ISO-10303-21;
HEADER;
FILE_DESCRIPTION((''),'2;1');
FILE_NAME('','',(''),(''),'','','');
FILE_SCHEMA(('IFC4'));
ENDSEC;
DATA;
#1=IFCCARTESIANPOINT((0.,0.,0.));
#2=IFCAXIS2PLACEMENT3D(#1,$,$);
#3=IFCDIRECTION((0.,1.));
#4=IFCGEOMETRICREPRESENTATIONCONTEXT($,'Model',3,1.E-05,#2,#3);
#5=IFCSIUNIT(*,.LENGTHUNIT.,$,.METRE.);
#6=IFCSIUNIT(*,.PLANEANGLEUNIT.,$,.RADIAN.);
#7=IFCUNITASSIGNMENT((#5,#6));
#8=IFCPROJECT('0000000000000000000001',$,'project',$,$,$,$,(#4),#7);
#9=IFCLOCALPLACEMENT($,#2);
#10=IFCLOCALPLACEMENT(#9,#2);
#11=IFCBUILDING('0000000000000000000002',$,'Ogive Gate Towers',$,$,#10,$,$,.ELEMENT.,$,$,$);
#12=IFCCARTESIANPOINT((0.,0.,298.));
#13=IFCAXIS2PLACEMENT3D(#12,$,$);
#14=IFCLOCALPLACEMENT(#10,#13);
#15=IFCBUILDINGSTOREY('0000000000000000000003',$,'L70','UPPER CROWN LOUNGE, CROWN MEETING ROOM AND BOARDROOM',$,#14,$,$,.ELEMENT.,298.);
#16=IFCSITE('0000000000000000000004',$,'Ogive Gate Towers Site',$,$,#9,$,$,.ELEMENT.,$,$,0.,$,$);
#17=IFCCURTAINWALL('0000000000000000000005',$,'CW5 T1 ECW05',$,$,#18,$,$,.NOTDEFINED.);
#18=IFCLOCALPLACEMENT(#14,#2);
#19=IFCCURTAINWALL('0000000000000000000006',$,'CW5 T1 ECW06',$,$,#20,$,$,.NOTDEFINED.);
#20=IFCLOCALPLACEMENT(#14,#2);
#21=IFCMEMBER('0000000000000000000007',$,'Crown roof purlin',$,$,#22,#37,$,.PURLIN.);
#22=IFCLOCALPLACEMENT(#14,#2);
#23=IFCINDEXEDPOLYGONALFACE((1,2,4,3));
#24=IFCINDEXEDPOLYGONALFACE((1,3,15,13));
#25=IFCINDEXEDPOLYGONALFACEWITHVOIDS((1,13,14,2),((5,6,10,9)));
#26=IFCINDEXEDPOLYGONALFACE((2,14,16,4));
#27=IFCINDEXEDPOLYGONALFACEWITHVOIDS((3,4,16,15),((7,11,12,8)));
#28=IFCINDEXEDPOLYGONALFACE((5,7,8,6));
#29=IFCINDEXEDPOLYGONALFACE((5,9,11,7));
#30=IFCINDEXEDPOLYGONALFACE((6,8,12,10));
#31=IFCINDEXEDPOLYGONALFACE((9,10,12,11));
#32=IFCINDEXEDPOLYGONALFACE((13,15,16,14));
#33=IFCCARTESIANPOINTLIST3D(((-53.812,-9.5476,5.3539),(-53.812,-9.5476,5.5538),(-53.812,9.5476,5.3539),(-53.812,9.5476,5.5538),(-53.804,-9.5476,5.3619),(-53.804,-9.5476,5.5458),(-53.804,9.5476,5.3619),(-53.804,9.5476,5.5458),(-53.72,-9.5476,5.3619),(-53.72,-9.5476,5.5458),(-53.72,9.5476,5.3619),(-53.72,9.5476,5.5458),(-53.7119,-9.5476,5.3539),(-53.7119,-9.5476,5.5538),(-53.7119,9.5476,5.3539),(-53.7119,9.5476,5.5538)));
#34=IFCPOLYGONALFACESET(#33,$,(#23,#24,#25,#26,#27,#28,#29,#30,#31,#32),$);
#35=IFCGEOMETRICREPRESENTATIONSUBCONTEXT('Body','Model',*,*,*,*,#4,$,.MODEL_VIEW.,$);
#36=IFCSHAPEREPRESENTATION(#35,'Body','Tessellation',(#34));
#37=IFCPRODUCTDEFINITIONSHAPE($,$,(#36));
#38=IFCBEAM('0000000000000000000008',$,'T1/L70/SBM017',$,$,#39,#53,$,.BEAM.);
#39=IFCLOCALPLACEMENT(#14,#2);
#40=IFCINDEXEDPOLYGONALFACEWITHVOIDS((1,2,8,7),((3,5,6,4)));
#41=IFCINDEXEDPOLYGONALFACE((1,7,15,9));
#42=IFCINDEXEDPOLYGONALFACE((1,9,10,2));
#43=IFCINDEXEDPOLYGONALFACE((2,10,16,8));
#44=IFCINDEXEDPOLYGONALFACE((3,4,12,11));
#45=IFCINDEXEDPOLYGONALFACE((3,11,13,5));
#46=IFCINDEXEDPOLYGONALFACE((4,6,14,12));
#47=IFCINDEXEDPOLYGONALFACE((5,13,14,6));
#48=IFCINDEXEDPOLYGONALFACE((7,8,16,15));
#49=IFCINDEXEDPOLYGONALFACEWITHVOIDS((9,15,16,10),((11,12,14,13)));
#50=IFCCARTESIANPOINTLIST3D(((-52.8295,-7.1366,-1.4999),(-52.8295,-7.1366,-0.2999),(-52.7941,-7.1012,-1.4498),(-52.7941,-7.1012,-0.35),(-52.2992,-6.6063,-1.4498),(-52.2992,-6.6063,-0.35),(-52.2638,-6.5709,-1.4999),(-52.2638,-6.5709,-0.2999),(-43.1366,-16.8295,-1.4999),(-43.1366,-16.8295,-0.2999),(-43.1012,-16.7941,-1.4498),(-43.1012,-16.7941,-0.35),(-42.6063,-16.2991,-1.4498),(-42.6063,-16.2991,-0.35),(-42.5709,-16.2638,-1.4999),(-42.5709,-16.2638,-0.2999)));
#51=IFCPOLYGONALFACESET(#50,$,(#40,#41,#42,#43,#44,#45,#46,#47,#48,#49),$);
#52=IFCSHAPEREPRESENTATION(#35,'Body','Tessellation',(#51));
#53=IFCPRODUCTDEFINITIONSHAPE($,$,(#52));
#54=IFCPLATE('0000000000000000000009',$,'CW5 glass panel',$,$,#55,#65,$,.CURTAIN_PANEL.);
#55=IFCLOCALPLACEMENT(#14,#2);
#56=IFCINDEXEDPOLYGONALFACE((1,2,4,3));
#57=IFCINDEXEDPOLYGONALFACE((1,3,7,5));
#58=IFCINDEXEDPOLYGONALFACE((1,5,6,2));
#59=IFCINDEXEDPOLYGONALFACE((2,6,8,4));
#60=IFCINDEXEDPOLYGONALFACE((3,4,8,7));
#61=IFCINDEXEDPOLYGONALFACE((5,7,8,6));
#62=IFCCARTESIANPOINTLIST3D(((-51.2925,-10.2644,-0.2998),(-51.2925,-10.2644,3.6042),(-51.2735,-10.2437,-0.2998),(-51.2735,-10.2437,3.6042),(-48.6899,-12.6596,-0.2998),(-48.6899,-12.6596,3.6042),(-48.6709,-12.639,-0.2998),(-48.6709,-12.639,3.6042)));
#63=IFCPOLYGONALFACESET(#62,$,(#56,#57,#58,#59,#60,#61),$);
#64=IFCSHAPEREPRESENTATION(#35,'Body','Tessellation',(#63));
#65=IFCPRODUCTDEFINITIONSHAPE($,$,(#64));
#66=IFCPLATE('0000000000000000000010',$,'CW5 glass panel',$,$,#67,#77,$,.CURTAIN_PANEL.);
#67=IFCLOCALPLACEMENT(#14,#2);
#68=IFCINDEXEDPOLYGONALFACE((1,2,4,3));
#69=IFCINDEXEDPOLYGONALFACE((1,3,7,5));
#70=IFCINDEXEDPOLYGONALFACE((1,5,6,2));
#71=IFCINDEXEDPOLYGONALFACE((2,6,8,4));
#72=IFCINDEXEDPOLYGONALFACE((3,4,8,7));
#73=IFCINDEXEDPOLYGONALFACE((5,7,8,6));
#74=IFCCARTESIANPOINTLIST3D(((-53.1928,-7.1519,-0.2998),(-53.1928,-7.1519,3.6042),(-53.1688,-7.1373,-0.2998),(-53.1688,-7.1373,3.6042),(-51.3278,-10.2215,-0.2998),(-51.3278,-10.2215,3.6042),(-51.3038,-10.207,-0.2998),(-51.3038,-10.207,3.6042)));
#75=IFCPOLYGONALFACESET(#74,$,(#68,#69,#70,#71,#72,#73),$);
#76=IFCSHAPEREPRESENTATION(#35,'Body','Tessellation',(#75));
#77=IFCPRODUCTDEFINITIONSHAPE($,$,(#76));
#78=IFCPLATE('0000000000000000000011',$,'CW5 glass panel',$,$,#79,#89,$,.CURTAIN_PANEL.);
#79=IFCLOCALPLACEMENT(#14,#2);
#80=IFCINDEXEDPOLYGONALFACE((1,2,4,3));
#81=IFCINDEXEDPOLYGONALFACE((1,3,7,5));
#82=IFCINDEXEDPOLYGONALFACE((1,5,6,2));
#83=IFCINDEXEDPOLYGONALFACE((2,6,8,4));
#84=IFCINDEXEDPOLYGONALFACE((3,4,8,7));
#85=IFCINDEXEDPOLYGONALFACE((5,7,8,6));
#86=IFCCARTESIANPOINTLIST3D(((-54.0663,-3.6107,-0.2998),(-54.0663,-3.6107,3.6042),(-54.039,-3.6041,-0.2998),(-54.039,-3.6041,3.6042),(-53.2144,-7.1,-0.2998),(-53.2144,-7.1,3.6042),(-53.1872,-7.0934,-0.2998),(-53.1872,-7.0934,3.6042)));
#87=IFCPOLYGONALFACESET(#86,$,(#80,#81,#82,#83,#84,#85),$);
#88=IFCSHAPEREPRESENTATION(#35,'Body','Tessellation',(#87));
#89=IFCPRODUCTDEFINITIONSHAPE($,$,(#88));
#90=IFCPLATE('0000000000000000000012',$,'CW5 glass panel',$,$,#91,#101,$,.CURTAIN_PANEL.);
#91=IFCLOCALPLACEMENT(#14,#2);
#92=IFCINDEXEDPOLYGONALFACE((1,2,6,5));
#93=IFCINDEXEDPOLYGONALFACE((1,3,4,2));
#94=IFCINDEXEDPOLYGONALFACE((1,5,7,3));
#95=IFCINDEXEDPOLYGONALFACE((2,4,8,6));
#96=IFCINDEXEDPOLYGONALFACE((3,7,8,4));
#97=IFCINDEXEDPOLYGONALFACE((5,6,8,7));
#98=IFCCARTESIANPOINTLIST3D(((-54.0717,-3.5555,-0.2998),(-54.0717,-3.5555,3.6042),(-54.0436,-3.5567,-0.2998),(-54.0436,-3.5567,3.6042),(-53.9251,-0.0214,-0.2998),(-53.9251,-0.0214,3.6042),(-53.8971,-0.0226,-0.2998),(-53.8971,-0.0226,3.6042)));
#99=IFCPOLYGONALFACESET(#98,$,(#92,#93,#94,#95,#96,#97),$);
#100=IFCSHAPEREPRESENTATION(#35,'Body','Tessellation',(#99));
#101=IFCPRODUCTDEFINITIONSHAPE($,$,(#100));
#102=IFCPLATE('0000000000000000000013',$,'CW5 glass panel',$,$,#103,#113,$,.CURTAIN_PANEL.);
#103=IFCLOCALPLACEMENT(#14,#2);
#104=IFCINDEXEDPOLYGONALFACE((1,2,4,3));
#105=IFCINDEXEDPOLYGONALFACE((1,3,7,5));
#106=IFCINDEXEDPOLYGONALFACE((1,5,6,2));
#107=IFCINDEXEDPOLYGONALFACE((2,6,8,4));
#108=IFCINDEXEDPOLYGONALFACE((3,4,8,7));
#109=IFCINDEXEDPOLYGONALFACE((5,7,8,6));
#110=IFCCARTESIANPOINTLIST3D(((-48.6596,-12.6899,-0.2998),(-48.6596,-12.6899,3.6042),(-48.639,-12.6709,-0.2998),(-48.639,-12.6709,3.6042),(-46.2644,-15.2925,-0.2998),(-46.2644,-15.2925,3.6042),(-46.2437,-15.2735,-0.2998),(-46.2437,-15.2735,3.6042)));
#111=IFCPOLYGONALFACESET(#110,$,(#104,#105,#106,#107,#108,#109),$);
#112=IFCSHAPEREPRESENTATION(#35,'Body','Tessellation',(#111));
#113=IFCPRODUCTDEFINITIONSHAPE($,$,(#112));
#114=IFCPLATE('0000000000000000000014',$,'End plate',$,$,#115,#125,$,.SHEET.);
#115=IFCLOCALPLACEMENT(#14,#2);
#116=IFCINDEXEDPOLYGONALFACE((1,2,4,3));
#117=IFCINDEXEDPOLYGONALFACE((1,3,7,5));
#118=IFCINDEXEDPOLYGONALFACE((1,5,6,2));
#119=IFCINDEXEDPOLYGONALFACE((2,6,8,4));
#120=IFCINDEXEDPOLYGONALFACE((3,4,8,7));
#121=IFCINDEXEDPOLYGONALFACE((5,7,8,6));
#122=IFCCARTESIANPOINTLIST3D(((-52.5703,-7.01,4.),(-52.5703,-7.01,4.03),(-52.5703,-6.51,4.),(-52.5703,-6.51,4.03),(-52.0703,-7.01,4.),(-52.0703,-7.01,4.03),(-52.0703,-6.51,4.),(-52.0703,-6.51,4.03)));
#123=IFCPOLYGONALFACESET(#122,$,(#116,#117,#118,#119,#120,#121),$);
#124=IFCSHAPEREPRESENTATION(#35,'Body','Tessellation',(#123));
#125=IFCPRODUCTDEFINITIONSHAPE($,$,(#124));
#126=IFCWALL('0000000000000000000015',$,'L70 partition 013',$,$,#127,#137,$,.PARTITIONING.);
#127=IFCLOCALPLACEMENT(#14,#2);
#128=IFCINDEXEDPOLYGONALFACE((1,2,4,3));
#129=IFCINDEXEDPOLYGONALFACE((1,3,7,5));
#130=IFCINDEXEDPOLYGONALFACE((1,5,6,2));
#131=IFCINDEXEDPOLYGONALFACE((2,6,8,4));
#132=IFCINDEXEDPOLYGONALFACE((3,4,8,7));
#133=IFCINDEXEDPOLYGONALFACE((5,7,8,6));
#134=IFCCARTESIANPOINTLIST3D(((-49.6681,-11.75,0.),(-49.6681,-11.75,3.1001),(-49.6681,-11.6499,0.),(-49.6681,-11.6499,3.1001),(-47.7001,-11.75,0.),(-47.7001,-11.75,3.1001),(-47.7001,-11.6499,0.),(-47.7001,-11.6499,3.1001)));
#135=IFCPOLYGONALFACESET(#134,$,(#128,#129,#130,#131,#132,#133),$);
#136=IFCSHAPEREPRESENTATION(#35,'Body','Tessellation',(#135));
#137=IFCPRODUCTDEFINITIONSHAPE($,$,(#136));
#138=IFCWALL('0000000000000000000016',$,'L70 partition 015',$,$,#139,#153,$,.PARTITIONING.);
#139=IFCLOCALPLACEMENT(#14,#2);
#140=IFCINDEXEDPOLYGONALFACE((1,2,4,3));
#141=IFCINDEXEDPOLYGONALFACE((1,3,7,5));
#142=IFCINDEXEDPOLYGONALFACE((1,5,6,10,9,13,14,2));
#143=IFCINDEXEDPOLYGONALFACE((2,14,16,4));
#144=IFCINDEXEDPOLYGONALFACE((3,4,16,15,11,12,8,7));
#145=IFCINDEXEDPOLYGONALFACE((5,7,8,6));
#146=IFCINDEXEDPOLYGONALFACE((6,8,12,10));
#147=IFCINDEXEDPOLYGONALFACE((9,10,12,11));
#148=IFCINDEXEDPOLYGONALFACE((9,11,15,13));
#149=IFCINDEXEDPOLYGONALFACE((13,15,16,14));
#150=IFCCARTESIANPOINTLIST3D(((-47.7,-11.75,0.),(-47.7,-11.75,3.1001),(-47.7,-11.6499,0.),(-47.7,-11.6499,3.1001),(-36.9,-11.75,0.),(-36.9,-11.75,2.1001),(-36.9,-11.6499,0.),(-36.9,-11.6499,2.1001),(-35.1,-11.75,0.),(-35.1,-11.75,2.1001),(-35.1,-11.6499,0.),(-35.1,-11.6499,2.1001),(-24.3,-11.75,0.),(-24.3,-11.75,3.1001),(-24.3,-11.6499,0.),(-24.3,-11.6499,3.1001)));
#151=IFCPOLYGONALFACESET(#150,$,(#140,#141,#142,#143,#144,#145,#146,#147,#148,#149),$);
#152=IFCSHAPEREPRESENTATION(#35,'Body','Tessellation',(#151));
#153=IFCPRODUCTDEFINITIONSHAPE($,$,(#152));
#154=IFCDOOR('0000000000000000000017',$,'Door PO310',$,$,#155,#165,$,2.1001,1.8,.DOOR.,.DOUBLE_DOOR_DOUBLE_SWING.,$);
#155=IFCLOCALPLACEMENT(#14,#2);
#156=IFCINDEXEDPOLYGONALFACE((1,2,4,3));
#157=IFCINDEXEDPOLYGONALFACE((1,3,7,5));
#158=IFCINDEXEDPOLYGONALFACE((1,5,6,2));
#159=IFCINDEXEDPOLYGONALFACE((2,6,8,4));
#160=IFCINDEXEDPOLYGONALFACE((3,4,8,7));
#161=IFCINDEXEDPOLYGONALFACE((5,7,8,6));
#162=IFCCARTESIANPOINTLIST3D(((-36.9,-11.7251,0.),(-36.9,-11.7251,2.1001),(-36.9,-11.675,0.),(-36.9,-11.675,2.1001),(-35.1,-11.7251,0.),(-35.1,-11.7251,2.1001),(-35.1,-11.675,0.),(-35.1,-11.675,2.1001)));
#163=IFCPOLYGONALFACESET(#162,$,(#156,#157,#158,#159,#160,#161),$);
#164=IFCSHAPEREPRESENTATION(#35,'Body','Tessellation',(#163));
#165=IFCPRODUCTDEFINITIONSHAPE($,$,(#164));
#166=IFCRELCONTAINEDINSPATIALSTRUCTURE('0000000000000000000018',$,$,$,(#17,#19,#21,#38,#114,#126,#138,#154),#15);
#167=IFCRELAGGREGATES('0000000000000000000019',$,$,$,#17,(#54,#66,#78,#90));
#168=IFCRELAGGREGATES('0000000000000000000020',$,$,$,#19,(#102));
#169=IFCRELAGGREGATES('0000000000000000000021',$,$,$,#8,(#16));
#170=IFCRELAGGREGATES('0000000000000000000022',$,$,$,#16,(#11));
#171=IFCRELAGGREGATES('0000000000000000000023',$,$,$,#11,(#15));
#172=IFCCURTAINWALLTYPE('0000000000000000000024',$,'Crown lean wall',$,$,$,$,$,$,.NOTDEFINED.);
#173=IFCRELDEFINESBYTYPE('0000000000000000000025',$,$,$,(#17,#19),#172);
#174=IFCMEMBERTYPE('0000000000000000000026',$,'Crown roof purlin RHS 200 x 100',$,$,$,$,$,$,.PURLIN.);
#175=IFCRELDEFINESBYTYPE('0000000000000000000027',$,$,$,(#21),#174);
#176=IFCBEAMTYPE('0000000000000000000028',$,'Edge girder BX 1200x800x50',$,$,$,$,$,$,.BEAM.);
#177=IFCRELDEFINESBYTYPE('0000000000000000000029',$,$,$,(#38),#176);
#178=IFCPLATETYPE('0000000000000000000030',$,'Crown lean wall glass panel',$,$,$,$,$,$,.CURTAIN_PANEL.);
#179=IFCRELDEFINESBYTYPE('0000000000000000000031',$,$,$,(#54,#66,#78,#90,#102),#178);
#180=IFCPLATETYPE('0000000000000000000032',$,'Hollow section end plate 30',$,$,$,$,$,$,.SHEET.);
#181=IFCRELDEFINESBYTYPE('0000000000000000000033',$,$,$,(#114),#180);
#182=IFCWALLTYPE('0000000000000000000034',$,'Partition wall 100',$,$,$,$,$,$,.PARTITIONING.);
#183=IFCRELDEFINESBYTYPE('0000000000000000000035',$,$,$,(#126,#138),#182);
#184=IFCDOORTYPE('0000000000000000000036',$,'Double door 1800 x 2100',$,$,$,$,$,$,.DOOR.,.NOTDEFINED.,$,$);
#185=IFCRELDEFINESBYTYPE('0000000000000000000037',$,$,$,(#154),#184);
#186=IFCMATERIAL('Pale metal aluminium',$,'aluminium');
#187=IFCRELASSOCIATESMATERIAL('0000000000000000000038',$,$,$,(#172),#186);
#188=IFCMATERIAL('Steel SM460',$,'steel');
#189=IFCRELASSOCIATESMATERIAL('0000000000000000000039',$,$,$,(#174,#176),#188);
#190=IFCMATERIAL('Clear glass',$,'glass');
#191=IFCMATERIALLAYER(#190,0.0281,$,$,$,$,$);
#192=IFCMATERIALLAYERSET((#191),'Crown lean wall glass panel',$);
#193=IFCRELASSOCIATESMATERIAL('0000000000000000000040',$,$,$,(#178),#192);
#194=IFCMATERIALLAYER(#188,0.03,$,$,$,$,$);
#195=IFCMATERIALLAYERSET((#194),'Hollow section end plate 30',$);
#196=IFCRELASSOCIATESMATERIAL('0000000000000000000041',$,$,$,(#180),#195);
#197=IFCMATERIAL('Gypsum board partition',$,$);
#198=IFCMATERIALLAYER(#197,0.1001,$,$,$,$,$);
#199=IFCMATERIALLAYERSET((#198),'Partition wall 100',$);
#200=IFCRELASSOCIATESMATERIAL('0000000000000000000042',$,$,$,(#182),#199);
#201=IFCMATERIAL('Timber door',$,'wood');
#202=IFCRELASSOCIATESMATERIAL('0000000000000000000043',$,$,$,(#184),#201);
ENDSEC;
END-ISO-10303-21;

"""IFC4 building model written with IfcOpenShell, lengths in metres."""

from ifc_helpers import new_model, si_unit, direction, frame, frame_2d, origin, origin_2d, place, context, subcontext, project, spatial, polyline, rectangle, hollow_rectangle, outline, extrude, material, layer, layer_set, material_profile, profile_set, type_object, element, fill, aggregate, save


model = new_model("IFC4")

# Units and contexts
model_context = context("Model", 3, precision=1e-05, world=origin(), true_north=direction((0.0, 1.0)))
body_context = subcontext(model_context, "Body", "Model", "MODEL_VIEW")
ifc_project = project(units=[si_unit("LENGTHUNIT", "METRE"), si_unit("PLANEANGLEUNIT", "RADIAN")], contexts=[model_context])

# Site, building, storey
site_placement = place(None, origin())
site = spatial("IfcSite", under=ifc_project, at=site_placement, Name="Ogive Gate Towers Site", CompositionType="ELEMENT", RefElevation=0.0)
building_placement = place(site_placement, origin())
building = spatial("IfcBuilding", under=site, at=building_placement, Name="Ogive Gate Towers", CompositionType="ELEMENT")
storey_placement = place(building_placement, frame((0.0, 0.0, 298.0)))
storey = spatial("IfcBuildingStorey", under=building, at=storey_placement, Name="L70", Description="UPPER CROWN LOUNGE, CROWN MEETING ROOM AND BOARDROOM", CompositionType="ELEMENT", Elevation=298.0)

# Shared definitions
ifc_material_1 = material(Name="Steel SM460", Category="steel")

# Shared definitions
ifc_material_2 = material(Name="Pale metal aluminium", Category="aluminium")
curtain_wall_type = type_object("IfcCurtainWallType", Name="Crown lean wall", PredefinedType="NOTDEFINED", material=ifc_material_2)

# Curtain wall
curtain_wall_1_placement = place(storey_placement, origin())
curtain_wall_1 = element("IfcCurtainWall", 1, at=curtain_wall_1_placement, inside=storey, type_object=curtain_wall_type, Name="CW5 T1 ECW05", PredefinedType="NOTDEFINED")

# Curtain wall
curtain_wall_2_placement = place(storey_placement, origin())
curtain_wall_2 = element("IfcCurtainWall", 2, at=curtain_wall_2_placement, inside=storey, type_object=curtain_wall_type, Name="CW5 T1 ECW06", PredefinedType="NOTDEFINED")

# Member
ifc_material_profile_1 = material_profile(ifc_material_1, hollow_rectangle(XDim=0.1001, YDim=0.2, WallThickness=0.0081, at=origin_2d()), Name="RHS 200x100x8")
ifc_profile_set_1 = profile_set([ifc_material_profile_1], Name="Steel SM460")
member_type_1 = type_object("IfcMemberType", Name="Crown roof purlin RHS 200 x 100", PredefinedType="PURLIN", material=ifc_profile_set_1)
member_1_placement = place(storey_placement, frame((-53.762, -9.5476, 5.4539), z_axis=(0.0, 1.0, 0.0), x_axis=(-1.0, 0.0, 0.0)))
element("IfcMember", 3, at=member_1_placement, inside=storey, type_object=member_type_1, Name="Crown roof purlin", PredefinedType="PURLIN", context=body_context, shape_type="SweptSolid", body=[
    extrude(hollow_rectangle(XDim=0.1001, YDim=0.2, WallThickness=0.0081, at=origin_2d()), origin(), (0.0, 0.0, 1.0), 19.0952),
])

# Beam
ifc_material_profile_2 = material_profile(ifc_material_1, hollow_rectangle(XDim=0.8, YDim=1.2, WallThickness=0.05, at=origin_2d()), Name="BX 1200x800x50")
ifc_profile_set_2 = profile_set([ifc_material_profile_2], Name="Steel SM460")
beam_type = type_object("IfcBeamType", Name="Edge girder BX 1200x800x50", PredefinedType="BEAM", material=ifc_profile_set_2)
beam_placement = place(storey_placement, frame((-52.5466, -6.8538, -0.8999), z_axis=(0.707107, -0.707107, 0.0), x_axis=(0.707107, 0.707107, 0.0)))
element("IfcBeam", 4, at=beam_placement, inside=storey, type_object=beam_type, Name="T1/L70/SBM017", PredefinedType="BEAM", context=body_context, shape_type="SweptSolid", body=[
    extrude(hollow_rectangle(XDim=0.8, YDim=1.2, WallThickness=0.05, at=origin_2d()), origin(), (0.0, 0.0, 1.0), 13.7078),
])

# Plates
ifc_material_3 = material(Name="Clear glass", Category="glass")
ifc_layer_1 = layer(ifc_material_3, 0.0281)
ifc_layer_set_1 = layer_set([ifc_layer_1], Name="Crown lean wall glass panel")
plate_type_1 = type_object("IfcPlateType", Name="Crown lean wall glass panel", PredefinedType="CURTAIN_PANEL", material=ifc_layer_set_1)
plate_1_placement = place(storey_placement, frame((-49.9817, -11.4517, -0.2998), z_axis=(0.0, 0.0, 1.0), x_axis=(-0.735813, 0.677184, 0.0)))
plate_1 = element("IfcPlate", 5, at=plate_1_placement, type_object=plate_type_1, Name="CW5 glass panel", PredefinedType="CURTAIN_PANEL", context=body_context, shape_type="SweptSolid", body=[
    extrude(rectangle(XDim=3.5371, YDim=0.0281, at=origin_2d()), origin(), (0.0, 0.0, 1.0), 3.9041),
])
plate_2_placement = place(storey_placement, frame((-52.2483, -8.6794, -0.2998), z_axis=(0.0, 0.0, 1.0), x_axis=(-0.519251, 0.854622, 0.0)))
plate_2 = element("IfcPlate", 6, at=plate_2_placement, type_object=plate_type_1, Name="CW5 glass panel", PredefinedType="CURTAIN_PANEL", context=body_context, shape_type="SweptSolid", body=[
    extrude(rectangle(XDim=3.5918, YDim=0.0281, at=origin_2d()), origin(), (0.0, 0.0, 1.0), 3.9041),
])
plate_3_placement = place(storey_placement, frame((-53.6267, -5.3521, -0.2998), z_axis=(0.0, 0.0, 1.0), x_axis=(-0.23716, 0.971471, 0.0)))
plate_3 = element("IfcPlate", 7, at=plate_3_placement, type_object=plate_type_1, Name="CW5 glass panel", PredefinedType="CURTAIN_PANEL", context=body_context, shape_type="SweptSolid", body=[
    extrude(rectangle(XDim=3.5918, YDim=0.0281, at=origin_2d()), origin(), (0.0, 0.0, 1.0), 3.9041),
])
plate_4_placement = place(storey_placement, frame((-53.9844, -1.7891, -0.2998), z_axis=(0.0, 0.0, 1.0), x_axis=(0.04144, 0.999141, 0.0)))
plate_4 = element("IfcPlate", 8, at=plate_4_placement, type_object=plate_type_1, Name="CW5 glass panel", PredefinedType="CURTAIN_PANEL", context=body_context, shape_type="SweptSolid", body=[
    extrude(rectangle(XDim=3.5371, YDim=0.0281, at=origin_2d()), origin(), (0.0, 0.0, 1.0), 3.9041),
])
aggregate(curtain_wall_1, [plate_1, plate_2, plate_3, plate_4])
plate_5_placement = place(storey_placement, frame((-47.4517, -13.9817, -0.2998), z_axis=(0.0, 0.0, 1.0), x_axis=(-0.677184, 0.735813, 0.0)))
plate_5 = element("IfcPlate", 9, at=plate_5_placement, type_object=plate_type_1, Name="CW5 glass panel", PredefinedType="CURTAIN_PANEL", context=body_context, shape_type="SweptSolid", body=[
    extrude(rectangle(XDim=3.5371, YDim=0.0281, at=origin_2d()), origin(), (0.0, 0.0, 1.0), 3.9041),
])
aggregate(curtain_wall_2, [plate_5])
ifc_layer_2 = layer(ifc_material_1, 0.03)
ifc_layer_set_2 = layer_set([ifc_layer_2], Name="Hollow section end plate 30")
plate_type_2 = type_object("IfcPlateType", Name="Hollow section end plate 30", PredefinedType="SHEET", material=ifc_layer_set_2)
plate_6_placement = place(storey_placement, frame((-52.5703, -7.01, 4.03), z_axis=(0.0, 0.0, 1.0), x_axis=(1.0, 0.0, 0.0)))
element("IfcPlate", 10, at=plate_6_placement, inside=storey, type_object=plate_type_2, Name="End plate", PredefinedType="SHEET", context=body_context, shape_type="SweptSolid", body=[
    extrude(outline(polyline([(0.0, 0.0), (0.5, 0.0), (0.5, 0.5), (0.0, 0.5), (0.0, 0.0)])), origin(), (0.0, 0.0, -1.0), 0.03),
])

# Wall
ifc_material_4 = material(Name="Gypsum board partition")
ifc_layer_3 = layer(ifc_material_4, 0.1001)
ifc_layer_set_3 = layer_set([ifc_layer_3], Name="Partition wall 100")
wall_type = type_object("IfcWallType", Name="Partition wall 100", PredefinedType="PARTITIONING", material=ifc_layer_set_3)
wall_1_placement = place(storey_placement, frame((-49.668, -11.7, 0.0), z_axis=(0.0, 0.0, 1.0), x_axis=(1.0, 0.0, 0.0)))
element("IfcWall", 11, at=wall_1_placement, inside=storey, type_object=wall_type, Name="L70 partition 013", PredefinedType="PARTITIONING", context=body_context, shape_type="SweptSolid", body=[
    extrude(rectangle(XDim=1.968, YDim=0.1001, at=frame_2d((0.9839, 0.0))), origin(), (0.0, 0.0, 1.0), 3.1001),
])

# Wall, opening, door
wall_2_placement = place(storey_placement, frame((-47.7, -11.7, 0.0), z_axis=(0.0, 0.0, 1.0), x_axis=(1.0, 0.0, 0.0)))
wall_2 = element("IfcWall", 12, at=wall_2_placement, inside=storey, type_object=wall_type, Name="L70 partition 015", PredefinedType="PARTITIONING", context=body_context, shape_type="SweptSolid", body=[
    extrude(rectangle(XDim=23.3999, YDim=0.1001, at=frame_2d((11.7, 0.0))), origin(), (0.0, 0.0, 1.0), 3.1001),
])
opening_1_placement = place(wall_2_placement, frame((10.8, 0.0, 0.0)))
opening_1 = element("IfcOpeningElement", 13, at=opening_1_placement, cuts=wall_2, PredefinedType="OPENING", context=body_context, shape_type="SweptSolid", body=[
    extrude(rectangle(XDim=1.8, YDim=2.1001, at=frame_2d((0.8999, 1.05))), frame((0.0, 0.0601, 0.0), z_axis=(0.0, -1.0, 0.0), x_axis=(1.0, 0.0, 0.0)), (0.0, 0.0, 1.0), 0.1201),
])
ifc_material_5 = material(Name="Timber door", Category="wood")
door_type = type_object("IfcDoorType", Name="Double door 1800 x 2100", OperationType="NOTDEFINED", PredefinedType="DOOR", material=ifc_material_5)
door_1_placement = place(opening_1_placement, origin())
door_1 = element("IfcDoor", 14, at=door_1_placement, inside=storey, type_object=door_type, Name="Door PO310", OperationType="DOUBLE_DOOR_DOUBLE_SWING", OverallHeight=2.1001, OverallWidth=1.8, PredefinedType="DOOR", context=body_context, shape_type="SweptSolid", body=[
    extrude(rectangle(XDim=1.8, YDim=2.1001, at=frame_2d((0.8999, 1.05))), frame((0.0, 0.0249, 0.0), z_axis=(0.0, -1.0, 0.0), x_axis=(1.0, 0.0, 0.0)), (0.0, 0.0, 1.0), 0.05),
])
fill(opening_1, door_1)

save(model, "model.ifc")
